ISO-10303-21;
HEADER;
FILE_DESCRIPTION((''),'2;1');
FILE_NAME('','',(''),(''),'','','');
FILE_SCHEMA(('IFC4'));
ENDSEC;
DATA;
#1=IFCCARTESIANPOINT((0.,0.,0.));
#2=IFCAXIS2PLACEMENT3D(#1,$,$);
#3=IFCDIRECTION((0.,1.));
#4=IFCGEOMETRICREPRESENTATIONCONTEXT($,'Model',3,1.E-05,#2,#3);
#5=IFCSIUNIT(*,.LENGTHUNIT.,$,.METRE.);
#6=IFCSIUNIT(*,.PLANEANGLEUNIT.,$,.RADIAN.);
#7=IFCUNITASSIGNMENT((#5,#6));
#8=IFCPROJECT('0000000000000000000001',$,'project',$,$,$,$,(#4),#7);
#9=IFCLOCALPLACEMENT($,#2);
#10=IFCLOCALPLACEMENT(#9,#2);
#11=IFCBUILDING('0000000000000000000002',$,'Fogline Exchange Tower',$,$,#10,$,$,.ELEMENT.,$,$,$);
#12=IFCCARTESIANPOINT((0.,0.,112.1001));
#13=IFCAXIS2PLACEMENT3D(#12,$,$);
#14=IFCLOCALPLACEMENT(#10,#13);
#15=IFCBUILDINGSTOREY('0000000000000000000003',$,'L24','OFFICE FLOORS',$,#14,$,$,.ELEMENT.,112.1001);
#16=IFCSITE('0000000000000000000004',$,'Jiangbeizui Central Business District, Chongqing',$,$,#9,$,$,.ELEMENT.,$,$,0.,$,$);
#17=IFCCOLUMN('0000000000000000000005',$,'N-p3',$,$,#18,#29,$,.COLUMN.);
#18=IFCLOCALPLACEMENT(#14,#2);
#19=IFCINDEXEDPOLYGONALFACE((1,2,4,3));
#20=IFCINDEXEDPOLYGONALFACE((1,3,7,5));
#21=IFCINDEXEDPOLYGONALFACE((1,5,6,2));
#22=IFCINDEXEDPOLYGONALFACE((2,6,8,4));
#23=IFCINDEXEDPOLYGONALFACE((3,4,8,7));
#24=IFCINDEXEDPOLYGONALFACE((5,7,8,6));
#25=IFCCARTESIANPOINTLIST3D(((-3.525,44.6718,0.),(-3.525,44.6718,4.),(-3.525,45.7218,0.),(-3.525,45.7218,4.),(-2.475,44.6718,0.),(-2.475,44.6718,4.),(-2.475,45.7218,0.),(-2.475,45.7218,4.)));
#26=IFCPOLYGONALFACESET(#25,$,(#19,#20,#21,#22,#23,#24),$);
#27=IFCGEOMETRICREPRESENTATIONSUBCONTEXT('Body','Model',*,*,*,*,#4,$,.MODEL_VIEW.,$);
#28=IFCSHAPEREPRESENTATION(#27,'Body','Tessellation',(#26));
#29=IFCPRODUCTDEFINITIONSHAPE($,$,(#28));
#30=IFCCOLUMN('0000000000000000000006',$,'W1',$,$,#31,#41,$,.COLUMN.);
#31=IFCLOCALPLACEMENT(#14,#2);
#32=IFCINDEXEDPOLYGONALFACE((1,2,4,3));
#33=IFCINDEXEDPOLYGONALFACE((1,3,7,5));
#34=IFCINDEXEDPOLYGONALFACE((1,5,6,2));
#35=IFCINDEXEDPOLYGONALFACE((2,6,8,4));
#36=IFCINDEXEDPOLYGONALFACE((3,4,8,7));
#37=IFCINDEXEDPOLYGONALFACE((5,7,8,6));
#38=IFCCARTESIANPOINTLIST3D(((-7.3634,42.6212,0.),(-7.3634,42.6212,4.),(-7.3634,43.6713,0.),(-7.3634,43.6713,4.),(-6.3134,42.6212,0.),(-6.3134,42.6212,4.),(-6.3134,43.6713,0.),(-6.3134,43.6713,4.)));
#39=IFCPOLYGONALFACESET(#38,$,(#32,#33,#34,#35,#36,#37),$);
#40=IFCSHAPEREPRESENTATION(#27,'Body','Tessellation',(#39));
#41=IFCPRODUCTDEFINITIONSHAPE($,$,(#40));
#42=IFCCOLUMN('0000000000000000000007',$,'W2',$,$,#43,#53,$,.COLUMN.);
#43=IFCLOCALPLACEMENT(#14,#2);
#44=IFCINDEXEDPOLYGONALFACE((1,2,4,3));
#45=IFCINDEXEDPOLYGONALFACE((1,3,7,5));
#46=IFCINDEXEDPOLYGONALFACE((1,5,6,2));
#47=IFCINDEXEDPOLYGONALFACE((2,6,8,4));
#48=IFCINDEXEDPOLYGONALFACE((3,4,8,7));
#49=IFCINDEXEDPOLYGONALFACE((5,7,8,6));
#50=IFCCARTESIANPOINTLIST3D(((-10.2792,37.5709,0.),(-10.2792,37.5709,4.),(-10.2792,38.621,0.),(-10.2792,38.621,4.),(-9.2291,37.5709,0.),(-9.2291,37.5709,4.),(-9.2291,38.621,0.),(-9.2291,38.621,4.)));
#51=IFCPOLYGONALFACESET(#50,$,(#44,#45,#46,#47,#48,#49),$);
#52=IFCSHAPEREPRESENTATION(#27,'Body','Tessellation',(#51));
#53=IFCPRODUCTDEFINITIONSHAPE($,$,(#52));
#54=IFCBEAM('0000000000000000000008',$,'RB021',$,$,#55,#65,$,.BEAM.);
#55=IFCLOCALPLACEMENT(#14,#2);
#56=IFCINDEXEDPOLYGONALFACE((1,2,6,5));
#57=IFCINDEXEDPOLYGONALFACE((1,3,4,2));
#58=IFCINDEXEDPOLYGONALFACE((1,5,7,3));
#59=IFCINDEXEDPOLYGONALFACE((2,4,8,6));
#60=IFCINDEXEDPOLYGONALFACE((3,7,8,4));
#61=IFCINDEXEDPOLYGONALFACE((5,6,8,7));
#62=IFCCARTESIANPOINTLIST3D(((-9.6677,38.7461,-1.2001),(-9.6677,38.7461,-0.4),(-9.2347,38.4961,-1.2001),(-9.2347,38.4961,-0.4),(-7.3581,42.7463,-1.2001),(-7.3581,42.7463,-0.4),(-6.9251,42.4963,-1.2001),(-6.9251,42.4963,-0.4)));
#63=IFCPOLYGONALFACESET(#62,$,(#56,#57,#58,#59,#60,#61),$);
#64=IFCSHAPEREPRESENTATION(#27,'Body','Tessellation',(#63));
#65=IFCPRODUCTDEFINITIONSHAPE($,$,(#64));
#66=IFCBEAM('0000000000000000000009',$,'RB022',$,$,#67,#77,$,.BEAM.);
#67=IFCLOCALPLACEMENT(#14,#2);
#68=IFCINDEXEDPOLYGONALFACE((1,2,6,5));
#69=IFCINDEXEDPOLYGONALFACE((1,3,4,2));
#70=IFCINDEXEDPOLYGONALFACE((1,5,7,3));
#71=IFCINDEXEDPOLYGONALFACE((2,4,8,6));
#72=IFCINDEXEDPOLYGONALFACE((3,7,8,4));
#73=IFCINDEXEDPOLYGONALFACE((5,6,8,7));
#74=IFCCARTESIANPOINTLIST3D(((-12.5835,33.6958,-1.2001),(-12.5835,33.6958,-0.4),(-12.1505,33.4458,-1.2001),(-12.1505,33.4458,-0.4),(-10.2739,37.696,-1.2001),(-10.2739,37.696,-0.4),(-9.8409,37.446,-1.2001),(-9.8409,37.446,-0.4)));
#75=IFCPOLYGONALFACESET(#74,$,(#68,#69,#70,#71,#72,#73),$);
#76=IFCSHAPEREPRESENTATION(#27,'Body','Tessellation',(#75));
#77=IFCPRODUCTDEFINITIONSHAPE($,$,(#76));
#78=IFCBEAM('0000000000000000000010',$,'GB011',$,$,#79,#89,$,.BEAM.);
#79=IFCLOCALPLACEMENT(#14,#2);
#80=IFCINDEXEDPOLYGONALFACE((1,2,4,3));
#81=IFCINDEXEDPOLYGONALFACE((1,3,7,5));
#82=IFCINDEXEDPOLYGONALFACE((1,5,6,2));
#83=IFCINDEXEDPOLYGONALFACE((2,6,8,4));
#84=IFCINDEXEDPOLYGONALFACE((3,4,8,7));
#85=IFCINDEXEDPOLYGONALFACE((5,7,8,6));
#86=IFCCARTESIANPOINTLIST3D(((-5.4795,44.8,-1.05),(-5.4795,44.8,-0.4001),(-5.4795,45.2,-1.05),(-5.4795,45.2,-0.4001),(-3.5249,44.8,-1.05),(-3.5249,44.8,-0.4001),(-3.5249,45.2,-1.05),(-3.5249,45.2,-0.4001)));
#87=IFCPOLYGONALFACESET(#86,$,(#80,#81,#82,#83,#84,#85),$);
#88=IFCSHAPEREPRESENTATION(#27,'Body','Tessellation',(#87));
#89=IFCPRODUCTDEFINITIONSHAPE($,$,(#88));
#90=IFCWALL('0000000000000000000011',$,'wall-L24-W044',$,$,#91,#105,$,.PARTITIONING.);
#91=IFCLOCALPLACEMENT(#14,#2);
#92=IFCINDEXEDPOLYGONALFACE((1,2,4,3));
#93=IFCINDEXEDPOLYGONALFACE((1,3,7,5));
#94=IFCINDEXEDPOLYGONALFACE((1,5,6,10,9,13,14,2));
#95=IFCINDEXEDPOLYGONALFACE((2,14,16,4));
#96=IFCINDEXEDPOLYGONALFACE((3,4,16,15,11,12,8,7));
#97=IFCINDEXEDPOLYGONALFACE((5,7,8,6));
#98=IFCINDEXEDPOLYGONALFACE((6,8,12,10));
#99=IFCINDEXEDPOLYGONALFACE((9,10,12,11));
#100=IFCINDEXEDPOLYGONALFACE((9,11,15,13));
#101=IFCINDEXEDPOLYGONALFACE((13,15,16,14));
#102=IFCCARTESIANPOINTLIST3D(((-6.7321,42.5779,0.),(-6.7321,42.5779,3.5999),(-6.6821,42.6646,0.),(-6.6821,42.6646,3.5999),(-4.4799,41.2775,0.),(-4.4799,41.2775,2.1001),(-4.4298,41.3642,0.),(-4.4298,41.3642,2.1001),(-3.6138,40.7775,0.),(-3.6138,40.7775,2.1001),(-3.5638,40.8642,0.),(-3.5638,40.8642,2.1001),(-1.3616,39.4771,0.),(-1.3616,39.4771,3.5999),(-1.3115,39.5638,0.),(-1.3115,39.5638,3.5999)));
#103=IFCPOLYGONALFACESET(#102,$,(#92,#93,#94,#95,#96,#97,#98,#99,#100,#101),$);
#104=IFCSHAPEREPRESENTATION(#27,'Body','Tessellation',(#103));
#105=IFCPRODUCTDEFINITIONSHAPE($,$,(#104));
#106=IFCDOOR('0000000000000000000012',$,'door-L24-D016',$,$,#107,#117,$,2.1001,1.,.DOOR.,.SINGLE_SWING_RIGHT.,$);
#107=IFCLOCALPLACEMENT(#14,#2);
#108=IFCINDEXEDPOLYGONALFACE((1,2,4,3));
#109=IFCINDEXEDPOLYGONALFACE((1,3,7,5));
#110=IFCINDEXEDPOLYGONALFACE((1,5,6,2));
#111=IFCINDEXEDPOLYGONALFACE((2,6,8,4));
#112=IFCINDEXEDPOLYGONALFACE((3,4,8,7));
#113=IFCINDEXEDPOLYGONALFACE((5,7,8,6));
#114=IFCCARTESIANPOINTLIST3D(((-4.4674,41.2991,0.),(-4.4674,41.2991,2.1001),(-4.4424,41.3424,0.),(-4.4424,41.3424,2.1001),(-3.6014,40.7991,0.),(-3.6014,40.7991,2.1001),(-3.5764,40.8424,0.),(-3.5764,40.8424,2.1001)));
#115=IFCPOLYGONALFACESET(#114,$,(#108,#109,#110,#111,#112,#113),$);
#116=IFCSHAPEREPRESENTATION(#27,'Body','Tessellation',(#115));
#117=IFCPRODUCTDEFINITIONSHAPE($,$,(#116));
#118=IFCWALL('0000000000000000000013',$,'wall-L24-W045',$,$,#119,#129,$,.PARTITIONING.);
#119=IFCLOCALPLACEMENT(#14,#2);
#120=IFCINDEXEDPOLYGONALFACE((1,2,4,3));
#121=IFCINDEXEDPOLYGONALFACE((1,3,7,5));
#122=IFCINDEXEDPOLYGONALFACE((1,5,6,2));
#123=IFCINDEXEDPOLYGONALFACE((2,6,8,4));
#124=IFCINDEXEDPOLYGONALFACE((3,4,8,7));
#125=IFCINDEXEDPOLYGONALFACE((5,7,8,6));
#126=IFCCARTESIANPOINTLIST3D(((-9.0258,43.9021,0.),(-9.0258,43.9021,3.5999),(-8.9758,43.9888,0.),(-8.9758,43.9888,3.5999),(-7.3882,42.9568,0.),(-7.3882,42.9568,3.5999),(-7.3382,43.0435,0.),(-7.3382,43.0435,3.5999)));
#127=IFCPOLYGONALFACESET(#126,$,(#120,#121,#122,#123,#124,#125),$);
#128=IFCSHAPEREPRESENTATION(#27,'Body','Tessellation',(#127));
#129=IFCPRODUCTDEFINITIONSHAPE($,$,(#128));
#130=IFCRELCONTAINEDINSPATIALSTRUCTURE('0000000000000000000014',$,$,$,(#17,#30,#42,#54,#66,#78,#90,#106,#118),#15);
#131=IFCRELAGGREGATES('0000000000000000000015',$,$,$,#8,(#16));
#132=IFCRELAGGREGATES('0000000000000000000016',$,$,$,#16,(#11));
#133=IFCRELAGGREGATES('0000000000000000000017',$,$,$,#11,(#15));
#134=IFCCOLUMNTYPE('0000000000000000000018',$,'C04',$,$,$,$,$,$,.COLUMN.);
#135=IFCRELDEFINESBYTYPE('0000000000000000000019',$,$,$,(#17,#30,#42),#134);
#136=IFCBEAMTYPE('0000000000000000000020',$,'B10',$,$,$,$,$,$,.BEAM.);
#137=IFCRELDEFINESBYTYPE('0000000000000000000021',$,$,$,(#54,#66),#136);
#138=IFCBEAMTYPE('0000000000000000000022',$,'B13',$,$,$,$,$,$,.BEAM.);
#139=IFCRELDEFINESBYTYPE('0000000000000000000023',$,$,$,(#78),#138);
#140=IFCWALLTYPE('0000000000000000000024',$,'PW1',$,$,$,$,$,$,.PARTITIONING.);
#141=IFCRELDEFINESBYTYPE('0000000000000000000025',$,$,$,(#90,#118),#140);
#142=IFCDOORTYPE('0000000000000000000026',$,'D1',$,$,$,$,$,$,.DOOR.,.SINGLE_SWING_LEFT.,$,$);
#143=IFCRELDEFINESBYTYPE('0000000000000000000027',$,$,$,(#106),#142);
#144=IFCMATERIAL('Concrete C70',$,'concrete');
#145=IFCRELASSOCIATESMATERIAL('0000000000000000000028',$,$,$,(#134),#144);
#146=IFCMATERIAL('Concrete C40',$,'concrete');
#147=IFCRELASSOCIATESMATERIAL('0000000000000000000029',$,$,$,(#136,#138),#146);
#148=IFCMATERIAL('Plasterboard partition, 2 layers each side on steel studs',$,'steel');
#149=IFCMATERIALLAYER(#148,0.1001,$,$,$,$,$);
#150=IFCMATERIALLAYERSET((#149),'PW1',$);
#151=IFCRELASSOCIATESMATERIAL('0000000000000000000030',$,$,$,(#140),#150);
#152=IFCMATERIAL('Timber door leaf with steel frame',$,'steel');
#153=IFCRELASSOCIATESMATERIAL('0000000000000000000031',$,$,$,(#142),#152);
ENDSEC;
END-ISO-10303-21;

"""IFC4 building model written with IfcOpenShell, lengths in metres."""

from ifc_helpers import new_model, si_unit, direction, frame, frame_2d, origin, origin_2d, place, context, subcontext, project, spatial, rectangle, extrude, material, layer, layer_set, material_profile, profile_set, type_object, element, fill, save


model = new_model("IFC4")

# Units and contexts
model_context = context("Model", 3, precision=1e-05, world=origin(), true_north=direction((0.0, 1.0)))
body_context = subcontext(model_context, "Body", "Model", "MODEL_VIEW")
ifc_project = project(units=[si_unit("LENGTHUNIT", "METRE"), si_unit("PLANEANGLEUNIT", "RADIAN")], contexts=[model_context])

# Site, building, storey
site_placement = place(None, origin())
site = spatial("IfcSite", under=ifc_project, at=site_placement, Name="Jiangbeizui Central Business District, Chongqing", CompositionType="ELEMENT", RefElevation=0.0)
building_placement = place(site_placement, origin())
building = spatial("IfcBuilding", under=site, at=building_placement, Name="Fogline Exchange Tower", CompositionType="ELEMENT")
storey_placement = place(building_placement, frame((0.0, 0.0, 112.1001)))
storey = spatial("IfcBuildingStorey", under=building, at=storey_placement, Name="L24", Description="OFFICE FLOORS", CompositionType="ELEMENT", Elevation=112.1001)

# Columns
ifc_material_1 = material(Name="Concrete C70", Category="concrete")
ifc_material_profile_1 = material_profile(ifc_material_1, rectangle(XDim=1.05, YDim=1.05, at=origin_2d()), Name="RC 1050x1050")
ifc_profile_set_1 = profile_set([ifc_material_profile_1], Name="Concrete C70")
column_type = type_object("IfcColumnType", Name="C04", PredefinedType="COLUMN", material=ifc_profile_set_1)
for number, where, z_axis, x_axis, name in (
    (1, (-3.0, 45.1968, 0.0), (0.0, 0.0, 1.0), (1.0, 0.0, 0.0), "N-p3"),
    (2, (-6.8384, 43.1462, 0.0), (0.0, 0.0, 1.0), (1.0, 0.0, 0.0), "W1"),
    (3, (-9.7542, 38.0959, 0.0), (0.0, 0.0, 1.0), (1.0, 0.0, 0.0), "W2"),
):
    element("IfcColumn", number, at=place(storey_placement, frame(where, z_axis=z_axis, x_axis=x_axis)), inside=storey, type_object=column_type, Name=name, PredefinedType="COLUMN", context=body_context, shape_type="SweptSolid", body=[
        extrude(rectangle(XDim=1.05, YDim=1.05, at=origin_2d()), origin(), (0.0, 0.0, 1.0), 4.0),
    ])

# Beams
ifc_material_2 = material(Name="Concrete C40", Category="concrete")
ifc_material_profile_2 = material_profile(ifc_material_2, rectangle(XDim=0.5, YDim=0.8, at=origin_2d()), Name="RC 500x800")
ifc_profile_set_2 = profile_set([ifc_material_profile_2], Name="Concrete C40")
beam_type_1 = type_object("IfcBeamType", Name="B10", PredefinedType="BEAM", material=ifc_profile_set_2)
for number, where, z_axis, x_axis, name in (
    (4, (-7.1416, 42.6213, -0.8), (-0.500005, -0.866023, 0.0), (0.866023, -0.500005, 0.0), "RB021"),
    (5, (-10.0574, 37.571, -0.8), (-0.500005, -0.866023, 0.0), (0.866023, -0.500005, 0.0), "RB022"),
):
    element("IfcBeam", number, at=place(storey_placement, frame(where, z_axis=z_axis, x_axis=x_axis)), inside=storey, type_object=beam_type_1, Name=name, PredefinedType="BEAM", context=body_context, shape_type="SweptSolid", body=[
        extrude(rectangle(XDim=0.5, YDim=0.8, at=origin_2d()), origin(), (0.0, 0.0, 1.0), 4.6191),
    ])
ifc_material_profile_3 = material_profile(ifc_material_2, rectangle(XDim=0.3999, YDim=0.6499, at=origin_2d()), Name="RC 400x650")
ifc_profile_set_3 = profile_set([ifc_material_profile_3], Name="Concrete C40")
beam_type_2 = type_object("IfcBeamType", Name="B13", PredefinedType="BEAM", material=ifc_profile_set_3)
beam_placement = place(storey_placement, frame((-5.4795, 45.0, -0.7251), z_axis=(1.0, 0.0, 0.0), x_axis=(0.0, 1.0, 0.0)))
element("IfcBeam", 6, at=beam_placement, inside=storey, type_object=beam_type_2, Name="GB011", PredefinedType="BEAM", context=body_context, shape_type="SweptSolid", body=[
    extrude(rectangle(XDim=0.3999, YDim=0.6499, at=origin_2d()), origin(), (0.0, 0.0, 1.0), 1.9546),
])

# Wall, opening, door
ifc_material_3 = material(Name="Plasterboard partition, 2 layers each side on steel studs", Category="steel")
ifc_layer = layer(ifc_material_3, 0.1001)
ifc_layer_set = layer_set([ifc_layer], Name="PW1")
wall_type = type_object("IfcWallType", Name="PW1", PredefinedType="PARTITIONING", material=ifc_layer_set)
wall_1_placement = place(storey_placement, frame((-1.3367, 39.5205, 0.0), z_axis=(0.0, 0.0, 1.0), x_axis=(-0.866018, 0.500013, 0.0)))
wall_1 = element("IfcWall", 7, at=wall_1_placement, inside=storey, type_object=wall_type, Name="wall-L24-W044", PredefinedType="PARTITIONING", context=body_context, shape_type="SweptSolid", body=[
    extrude(rectangle(XDim=6.2014, YDim=0.1001, at=frame_2d((3.1006, 0.0))), origin(), (0.0, 0.0, 1.0), 3.5999),
])
opening_placement = place(wall_1_placement, frame((2.6006, 0.0, 0.0)))
opening = element("IfcOpeningElement", 8, at=opening_placement, cuts=wall_1, PredefinedType="OPENING", context=body_context, shape_type="SweptSolid", body=[
    extrude(rectangle(XDim=1.0, YDim=2.1001, at=frame_2d((0.5, 1.05))), frame((0.0, 0.0601, 0.0), z_axis=(0.0, -1.0, 0.0), x_axis=(1.0, 0.0, 0.0)), (0.0, 0.0, 1.0), 0.1201),
])
ifc_material_4 = material(Name="Timber door leaf with steel frame", Category="steel")
door_type = type_object("IfcDoorType", Name="D1", OperationType="SINGLE_SWING_LEFT", PredefinedType="DOOR", material=ifc_material_4)
door_placement = place(opening_placement, frame((1.0, 0.0, 0.0), z_axis=(0.0, 0.0, 1.0), x_axis=(-1.0, 0.0, 0.0)))
door = element("IfcDoor", 9, at=door_placement, inside=storey, type_object=door_type, Name="door-L24-D016", OperationType="SINGLE_SWING_RIGHT", OverallHeight=2.1001, OverallWidth=1.0, PredefinedType="DOOR", context=body_context, shape_type="SweptSolid", body=[
    extrude(rectangle(XDim=1.0, YDim=2.1001, at=frame_2d((0.5, 1.05))), frame((0.0, 0.0249, 0.0), z_axis=(0.0, -1.0, 0.0), x_axis=(1.0, 0.0, 0.0)), (0.0, 0.0, 1.0), 0.05),
])
fill(opening, door)

# Wall
wall_2_placement = place(storey_placement, frame((-7.3633, 43.0002, 0.0), z_axis=(0.0, 0.0, 1.0), x_axis=(-0.866074, 0.499916, 0.0)))
element("IfcWall", 10, at=wall_2_placement, inside=storey, type_object=wall_type, Name="wall-L24-W045", PredefinedType="PARTITIONING", context=body_context, shape_type="SweptSolid", body=[
    extrude(rectangle(XDim=1.8909, YDim=0.1001, at=frame_2d((0.9453, 0.0))), origin(), (0.0, 0.0, 1.0), 3.5999),
])

save(model, "model.ifc")
